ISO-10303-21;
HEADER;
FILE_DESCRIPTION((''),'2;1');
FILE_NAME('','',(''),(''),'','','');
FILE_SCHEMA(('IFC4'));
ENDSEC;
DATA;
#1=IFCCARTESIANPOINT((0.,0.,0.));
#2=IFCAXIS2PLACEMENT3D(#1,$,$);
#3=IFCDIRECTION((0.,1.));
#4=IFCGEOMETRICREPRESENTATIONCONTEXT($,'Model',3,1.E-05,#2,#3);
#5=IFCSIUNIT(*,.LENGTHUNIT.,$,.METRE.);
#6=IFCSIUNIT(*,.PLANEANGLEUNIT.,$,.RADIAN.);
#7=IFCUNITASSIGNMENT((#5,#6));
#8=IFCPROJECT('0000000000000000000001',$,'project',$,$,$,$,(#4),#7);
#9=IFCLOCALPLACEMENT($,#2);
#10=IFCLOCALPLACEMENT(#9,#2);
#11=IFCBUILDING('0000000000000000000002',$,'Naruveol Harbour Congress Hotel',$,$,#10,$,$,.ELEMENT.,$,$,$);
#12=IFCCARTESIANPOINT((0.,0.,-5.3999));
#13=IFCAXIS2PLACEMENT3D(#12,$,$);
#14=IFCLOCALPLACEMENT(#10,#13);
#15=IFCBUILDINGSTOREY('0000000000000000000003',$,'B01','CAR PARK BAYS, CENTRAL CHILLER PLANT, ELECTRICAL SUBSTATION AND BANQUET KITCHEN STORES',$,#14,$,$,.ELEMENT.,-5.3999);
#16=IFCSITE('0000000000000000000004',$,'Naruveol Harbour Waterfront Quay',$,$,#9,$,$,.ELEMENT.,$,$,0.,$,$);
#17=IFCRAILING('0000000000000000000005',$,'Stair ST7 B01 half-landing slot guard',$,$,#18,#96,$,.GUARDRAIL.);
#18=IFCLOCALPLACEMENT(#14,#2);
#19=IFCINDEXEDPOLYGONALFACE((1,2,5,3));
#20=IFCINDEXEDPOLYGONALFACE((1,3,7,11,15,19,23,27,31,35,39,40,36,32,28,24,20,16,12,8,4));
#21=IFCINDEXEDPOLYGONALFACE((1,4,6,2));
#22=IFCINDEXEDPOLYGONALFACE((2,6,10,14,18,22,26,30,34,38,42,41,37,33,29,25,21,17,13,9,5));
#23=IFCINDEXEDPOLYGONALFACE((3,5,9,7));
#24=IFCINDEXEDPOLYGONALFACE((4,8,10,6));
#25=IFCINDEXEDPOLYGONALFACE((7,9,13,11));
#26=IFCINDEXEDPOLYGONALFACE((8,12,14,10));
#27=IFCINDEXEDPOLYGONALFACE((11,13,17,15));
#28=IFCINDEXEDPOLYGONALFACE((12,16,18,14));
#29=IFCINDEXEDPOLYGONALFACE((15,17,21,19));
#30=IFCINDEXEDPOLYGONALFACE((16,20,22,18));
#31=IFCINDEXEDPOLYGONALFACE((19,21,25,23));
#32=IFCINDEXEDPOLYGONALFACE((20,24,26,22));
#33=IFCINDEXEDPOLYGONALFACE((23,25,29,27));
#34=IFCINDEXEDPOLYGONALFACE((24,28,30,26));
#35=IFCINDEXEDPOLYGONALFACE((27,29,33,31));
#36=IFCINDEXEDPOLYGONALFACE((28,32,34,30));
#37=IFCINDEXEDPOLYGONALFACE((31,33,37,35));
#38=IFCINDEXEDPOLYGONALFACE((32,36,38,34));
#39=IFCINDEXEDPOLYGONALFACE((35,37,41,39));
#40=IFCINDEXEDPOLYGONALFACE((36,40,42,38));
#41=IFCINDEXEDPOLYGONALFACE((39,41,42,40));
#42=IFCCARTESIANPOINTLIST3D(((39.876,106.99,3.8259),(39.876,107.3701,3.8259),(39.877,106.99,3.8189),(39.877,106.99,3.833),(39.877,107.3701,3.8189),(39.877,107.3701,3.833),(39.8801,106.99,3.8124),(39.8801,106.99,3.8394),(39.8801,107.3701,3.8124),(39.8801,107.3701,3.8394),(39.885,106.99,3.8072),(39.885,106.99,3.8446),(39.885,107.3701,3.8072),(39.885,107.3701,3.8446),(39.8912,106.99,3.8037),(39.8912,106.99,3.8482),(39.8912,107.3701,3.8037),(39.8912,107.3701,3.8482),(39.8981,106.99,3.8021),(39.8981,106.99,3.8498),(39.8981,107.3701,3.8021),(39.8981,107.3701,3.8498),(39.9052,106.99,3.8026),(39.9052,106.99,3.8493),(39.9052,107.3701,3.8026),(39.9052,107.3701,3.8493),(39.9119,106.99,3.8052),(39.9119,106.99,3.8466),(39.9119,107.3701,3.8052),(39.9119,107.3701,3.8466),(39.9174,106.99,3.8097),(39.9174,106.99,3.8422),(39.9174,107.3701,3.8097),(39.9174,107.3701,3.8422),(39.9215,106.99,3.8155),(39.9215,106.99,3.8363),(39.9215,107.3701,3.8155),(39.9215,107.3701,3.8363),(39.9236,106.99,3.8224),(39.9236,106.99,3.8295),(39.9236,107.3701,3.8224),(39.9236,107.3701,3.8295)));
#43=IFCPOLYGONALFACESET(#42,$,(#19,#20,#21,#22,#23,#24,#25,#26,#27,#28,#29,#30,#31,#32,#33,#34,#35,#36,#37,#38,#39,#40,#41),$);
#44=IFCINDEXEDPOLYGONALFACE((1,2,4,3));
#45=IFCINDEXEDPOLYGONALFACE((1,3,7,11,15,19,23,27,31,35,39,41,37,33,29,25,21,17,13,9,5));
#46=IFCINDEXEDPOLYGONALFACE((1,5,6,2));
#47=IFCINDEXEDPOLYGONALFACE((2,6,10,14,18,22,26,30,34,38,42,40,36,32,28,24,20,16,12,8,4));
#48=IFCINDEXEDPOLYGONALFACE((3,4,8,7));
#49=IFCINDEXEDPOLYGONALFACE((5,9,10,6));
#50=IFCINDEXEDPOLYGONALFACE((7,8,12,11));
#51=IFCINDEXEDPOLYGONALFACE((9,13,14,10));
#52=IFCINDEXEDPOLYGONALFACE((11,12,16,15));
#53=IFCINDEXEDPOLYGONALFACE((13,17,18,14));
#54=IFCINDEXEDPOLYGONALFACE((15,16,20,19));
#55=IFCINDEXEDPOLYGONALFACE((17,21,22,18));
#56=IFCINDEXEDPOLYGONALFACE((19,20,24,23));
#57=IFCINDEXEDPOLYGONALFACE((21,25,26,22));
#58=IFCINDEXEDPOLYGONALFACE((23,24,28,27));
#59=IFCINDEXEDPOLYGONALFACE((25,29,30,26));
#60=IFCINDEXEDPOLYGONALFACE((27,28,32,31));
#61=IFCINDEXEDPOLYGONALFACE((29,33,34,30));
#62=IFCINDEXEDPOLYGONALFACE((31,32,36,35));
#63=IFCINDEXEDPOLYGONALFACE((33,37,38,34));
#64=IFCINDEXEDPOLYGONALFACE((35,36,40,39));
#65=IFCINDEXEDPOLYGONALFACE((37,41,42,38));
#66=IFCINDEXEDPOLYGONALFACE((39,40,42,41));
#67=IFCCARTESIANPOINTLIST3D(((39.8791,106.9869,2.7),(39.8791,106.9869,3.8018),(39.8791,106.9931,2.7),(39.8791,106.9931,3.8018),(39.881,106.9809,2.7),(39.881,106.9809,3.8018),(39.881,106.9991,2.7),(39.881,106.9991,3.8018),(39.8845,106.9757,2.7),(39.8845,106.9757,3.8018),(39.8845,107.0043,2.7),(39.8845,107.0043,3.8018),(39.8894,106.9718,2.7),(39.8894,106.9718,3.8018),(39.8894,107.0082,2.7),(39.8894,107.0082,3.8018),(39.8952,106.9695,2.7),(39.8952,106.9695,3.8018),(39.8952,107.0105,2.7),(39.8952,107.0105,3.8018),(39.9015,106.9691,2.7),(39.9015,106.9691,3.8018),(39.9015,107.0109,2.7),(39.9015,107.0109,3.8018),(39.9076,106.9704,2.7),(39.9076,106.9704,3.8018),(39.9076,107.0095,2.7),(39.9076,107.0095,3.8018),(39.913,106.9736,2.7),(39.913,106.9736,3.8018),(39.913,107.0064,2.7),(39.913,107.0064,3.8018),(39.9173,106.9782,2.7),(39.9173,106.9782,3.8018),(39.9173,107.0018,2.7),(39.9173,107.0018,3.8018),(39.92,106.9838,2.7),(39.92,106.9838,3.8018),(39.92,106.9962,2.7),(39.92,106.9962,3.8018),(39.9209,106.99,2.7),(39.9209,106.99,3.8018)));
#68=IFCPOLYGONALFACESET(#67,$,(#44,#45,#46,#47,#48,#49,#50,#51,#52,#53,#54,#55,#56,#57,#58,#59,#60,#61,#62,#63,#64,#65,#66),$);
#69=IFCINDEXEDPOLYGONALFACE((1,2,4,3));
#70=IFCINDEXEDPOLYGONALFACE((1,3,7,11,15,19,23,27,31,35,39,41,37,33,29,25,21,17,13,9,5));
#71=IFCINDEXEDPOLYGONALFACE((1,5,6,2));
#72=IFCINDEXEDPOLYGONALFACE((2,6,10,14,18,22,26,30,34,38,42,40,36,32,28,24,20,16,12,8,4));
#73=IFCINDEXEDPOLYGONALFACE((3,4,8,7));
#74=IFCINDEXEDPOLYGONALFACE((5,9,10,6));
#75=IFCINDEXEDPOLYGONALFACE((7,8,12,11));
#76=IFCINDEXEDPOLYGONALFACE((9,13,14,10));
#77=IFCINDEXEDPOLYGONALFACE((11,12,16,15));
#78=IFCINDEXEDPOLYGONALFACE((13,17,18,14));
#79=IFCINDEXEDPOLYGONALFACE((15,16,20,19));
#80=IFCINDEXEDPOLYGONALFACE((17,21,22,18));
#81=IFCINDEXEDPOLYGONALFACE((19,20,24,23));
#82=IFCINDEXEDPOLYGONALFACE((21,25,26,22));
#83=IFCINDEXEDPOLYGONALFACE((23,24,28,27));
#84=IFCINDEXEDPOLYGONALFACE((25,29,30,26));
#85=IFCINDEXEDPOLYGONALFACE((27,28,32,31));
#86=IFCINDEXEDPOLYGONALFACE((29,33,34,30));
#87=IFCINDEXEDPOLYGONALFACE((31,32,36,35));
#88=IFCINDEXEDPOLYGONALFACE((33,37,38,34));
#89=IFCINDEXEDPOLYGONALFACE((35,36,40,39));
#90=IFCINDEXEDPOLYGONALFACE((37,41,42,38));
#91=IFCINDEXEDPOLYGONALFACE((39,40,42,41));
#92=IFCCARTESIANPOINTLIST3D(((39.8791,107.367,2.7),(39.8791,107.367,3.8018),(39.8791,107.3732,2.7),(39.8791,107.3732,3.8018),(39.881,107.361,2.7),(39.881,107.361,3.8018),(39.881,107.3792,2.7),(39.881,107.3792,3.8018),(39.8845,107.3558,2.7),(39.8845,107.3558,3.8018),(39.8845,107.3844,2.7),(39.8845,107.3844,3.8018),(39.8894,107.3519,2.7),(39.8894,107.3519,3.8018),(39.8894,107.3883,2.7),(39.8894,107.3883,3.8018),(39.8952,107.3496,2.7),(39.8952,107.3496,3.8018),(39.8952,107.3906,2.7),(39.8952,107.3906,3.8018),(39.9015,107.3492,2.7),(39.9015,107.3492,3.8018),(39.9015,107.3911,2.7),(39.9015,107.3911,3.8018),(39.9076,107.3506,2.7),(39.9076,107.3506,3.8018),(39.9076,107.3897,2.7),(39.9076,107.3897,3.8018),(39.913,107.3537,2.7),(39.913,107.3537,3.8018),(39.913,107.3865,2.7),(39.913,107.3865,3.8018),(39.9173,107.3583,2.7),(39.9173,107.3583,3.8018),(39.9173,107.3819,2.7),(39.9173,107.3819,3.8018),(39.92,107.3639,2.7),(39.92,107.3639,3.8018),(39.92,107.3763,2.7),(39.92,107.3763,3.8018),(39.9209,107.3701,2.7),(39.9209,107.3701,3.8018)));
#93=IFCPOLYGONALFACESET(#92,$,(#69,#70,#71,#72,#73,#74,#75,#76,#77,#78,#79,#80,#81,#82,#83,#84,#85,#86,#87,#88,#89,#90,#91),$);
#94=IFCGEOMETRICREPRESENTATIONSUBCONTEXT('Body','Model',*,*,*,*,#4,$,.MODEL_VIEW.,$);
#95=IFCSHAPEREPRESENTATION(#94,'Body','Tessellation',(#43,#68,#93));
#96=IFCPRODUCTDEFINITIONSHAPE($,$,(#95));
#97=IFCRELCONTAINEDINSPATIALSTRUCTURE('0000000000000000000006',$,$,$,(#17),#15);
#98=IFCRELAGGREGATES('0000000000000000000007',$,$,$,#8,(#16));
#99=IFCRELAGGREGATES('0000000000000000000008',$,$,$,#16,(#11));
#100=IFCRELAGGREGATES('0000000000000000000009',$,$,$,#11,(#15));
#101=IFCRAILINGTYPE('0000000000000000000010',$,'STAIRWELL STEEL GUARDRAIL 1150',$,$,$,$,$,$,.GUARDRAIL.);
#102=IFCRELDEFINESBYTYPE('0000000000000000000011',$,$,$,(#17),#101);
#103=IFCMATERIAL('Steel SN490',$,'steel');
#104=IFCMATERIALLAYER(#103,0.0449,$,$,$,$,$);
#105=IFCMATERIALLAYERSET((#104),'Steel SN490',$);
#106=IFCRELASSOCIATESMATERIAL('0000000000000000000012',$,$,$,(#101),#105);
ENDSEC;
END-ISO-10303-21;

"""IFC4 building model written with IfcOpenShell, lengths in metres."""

from ifc_helpers import new_model, si_unit, direction, frame, origin, origin_2d, place, context, subcontext, project, spatial, circle, extrude, material, layer, layer_set, type_object, element, save


model = new_model("IFC4")

# Units and contexts
model_context = context("Model", 3, precision=1e-05, world=origin(), true_north=direction((0.0, 1.0)))
body_context = subcontext(model_context, "Body", "Model", "MODEL_VIEW")
ifc_project = project(units=[si_unit("LENGTHUNIT", "METRE"), si_unit("PLANEANGLEUNIT", "RADIAN")], contexts=[model_context])

# Site, building, storey
site_placement = place(None, origin())
site = spatial("IfcSite", under=ifc_project, at=site_placement, Name="Naruveol Harbour Waterfront Quay", CompositionType="ELEMENT", RefElevation=0.0)
building_placement = place(site_placement, origin())
building = spatial("IfcBuilding", under=site, at=building_placement, Name="Naruveol Harbour Congress Hotel", CompositionType="ELEMENT")
storey_placement = place(building_placement, frame((0.0, 0.0, -5.3999)))
storey = spatial("IfcBuildingStorey", under=building, at=storey_placement, Name="B01", Description="CAR PARK BAYS, CENTRAL CHILLER PLANT, ELECTRICAL SUBSTATION AND BANQUET KITCHEN STORES", CompositionType="ELEMENT", Elevation=-5.3999)

# Railing
ifc_material_1 = material(Name="Steel SN490", Category="steel")
ifc_layer_1 = layer(ifc_material_1, 0.0449)
ifc_layer_set_1 = layer_set([ifc_layer_1], Name="Steel SN490")
railing_type_1 = type_object("IfcRailingType", Name="STAIRWELL STEEL GUARDRAIL 1150", PredefinedType="GUARDRAIL", material=ifc_layer_set_1)
railing_1_placement = place(storey_placement, frame((39.8999, 106.99, 2.7)))
element("IfcRailing", 1, at=railing_1_placement, inside=storey, type_object=railing_type_1, Name="Stair ST7 B01 half-landing slot guard", PredefinedType="GUARDRAIL", context=body_context, shape_type="SweptSolid", body=[
    extrude(circle(Radius=0.0239, at=origin_2d()), frame((0.0, 0.0, 1.126), z_axis=(0.0, 1.0, 0.0), x_axis=(-1.0, 0.0, 0.0)), (0.0, 0.0, 1.0), 0.3801),
    extrude(circle(Radius=0.021, at=origin_2d()), origin(), (0.0, 0.0, 1.0), 1.1018),
    extrude(circle(Radius=0.021, at=origin_2d()), frame((0.0, 0.3801, 0.0)), (0.0, 0.0, 1.0), 1.1018),
])

save(model, "model.ifc")
